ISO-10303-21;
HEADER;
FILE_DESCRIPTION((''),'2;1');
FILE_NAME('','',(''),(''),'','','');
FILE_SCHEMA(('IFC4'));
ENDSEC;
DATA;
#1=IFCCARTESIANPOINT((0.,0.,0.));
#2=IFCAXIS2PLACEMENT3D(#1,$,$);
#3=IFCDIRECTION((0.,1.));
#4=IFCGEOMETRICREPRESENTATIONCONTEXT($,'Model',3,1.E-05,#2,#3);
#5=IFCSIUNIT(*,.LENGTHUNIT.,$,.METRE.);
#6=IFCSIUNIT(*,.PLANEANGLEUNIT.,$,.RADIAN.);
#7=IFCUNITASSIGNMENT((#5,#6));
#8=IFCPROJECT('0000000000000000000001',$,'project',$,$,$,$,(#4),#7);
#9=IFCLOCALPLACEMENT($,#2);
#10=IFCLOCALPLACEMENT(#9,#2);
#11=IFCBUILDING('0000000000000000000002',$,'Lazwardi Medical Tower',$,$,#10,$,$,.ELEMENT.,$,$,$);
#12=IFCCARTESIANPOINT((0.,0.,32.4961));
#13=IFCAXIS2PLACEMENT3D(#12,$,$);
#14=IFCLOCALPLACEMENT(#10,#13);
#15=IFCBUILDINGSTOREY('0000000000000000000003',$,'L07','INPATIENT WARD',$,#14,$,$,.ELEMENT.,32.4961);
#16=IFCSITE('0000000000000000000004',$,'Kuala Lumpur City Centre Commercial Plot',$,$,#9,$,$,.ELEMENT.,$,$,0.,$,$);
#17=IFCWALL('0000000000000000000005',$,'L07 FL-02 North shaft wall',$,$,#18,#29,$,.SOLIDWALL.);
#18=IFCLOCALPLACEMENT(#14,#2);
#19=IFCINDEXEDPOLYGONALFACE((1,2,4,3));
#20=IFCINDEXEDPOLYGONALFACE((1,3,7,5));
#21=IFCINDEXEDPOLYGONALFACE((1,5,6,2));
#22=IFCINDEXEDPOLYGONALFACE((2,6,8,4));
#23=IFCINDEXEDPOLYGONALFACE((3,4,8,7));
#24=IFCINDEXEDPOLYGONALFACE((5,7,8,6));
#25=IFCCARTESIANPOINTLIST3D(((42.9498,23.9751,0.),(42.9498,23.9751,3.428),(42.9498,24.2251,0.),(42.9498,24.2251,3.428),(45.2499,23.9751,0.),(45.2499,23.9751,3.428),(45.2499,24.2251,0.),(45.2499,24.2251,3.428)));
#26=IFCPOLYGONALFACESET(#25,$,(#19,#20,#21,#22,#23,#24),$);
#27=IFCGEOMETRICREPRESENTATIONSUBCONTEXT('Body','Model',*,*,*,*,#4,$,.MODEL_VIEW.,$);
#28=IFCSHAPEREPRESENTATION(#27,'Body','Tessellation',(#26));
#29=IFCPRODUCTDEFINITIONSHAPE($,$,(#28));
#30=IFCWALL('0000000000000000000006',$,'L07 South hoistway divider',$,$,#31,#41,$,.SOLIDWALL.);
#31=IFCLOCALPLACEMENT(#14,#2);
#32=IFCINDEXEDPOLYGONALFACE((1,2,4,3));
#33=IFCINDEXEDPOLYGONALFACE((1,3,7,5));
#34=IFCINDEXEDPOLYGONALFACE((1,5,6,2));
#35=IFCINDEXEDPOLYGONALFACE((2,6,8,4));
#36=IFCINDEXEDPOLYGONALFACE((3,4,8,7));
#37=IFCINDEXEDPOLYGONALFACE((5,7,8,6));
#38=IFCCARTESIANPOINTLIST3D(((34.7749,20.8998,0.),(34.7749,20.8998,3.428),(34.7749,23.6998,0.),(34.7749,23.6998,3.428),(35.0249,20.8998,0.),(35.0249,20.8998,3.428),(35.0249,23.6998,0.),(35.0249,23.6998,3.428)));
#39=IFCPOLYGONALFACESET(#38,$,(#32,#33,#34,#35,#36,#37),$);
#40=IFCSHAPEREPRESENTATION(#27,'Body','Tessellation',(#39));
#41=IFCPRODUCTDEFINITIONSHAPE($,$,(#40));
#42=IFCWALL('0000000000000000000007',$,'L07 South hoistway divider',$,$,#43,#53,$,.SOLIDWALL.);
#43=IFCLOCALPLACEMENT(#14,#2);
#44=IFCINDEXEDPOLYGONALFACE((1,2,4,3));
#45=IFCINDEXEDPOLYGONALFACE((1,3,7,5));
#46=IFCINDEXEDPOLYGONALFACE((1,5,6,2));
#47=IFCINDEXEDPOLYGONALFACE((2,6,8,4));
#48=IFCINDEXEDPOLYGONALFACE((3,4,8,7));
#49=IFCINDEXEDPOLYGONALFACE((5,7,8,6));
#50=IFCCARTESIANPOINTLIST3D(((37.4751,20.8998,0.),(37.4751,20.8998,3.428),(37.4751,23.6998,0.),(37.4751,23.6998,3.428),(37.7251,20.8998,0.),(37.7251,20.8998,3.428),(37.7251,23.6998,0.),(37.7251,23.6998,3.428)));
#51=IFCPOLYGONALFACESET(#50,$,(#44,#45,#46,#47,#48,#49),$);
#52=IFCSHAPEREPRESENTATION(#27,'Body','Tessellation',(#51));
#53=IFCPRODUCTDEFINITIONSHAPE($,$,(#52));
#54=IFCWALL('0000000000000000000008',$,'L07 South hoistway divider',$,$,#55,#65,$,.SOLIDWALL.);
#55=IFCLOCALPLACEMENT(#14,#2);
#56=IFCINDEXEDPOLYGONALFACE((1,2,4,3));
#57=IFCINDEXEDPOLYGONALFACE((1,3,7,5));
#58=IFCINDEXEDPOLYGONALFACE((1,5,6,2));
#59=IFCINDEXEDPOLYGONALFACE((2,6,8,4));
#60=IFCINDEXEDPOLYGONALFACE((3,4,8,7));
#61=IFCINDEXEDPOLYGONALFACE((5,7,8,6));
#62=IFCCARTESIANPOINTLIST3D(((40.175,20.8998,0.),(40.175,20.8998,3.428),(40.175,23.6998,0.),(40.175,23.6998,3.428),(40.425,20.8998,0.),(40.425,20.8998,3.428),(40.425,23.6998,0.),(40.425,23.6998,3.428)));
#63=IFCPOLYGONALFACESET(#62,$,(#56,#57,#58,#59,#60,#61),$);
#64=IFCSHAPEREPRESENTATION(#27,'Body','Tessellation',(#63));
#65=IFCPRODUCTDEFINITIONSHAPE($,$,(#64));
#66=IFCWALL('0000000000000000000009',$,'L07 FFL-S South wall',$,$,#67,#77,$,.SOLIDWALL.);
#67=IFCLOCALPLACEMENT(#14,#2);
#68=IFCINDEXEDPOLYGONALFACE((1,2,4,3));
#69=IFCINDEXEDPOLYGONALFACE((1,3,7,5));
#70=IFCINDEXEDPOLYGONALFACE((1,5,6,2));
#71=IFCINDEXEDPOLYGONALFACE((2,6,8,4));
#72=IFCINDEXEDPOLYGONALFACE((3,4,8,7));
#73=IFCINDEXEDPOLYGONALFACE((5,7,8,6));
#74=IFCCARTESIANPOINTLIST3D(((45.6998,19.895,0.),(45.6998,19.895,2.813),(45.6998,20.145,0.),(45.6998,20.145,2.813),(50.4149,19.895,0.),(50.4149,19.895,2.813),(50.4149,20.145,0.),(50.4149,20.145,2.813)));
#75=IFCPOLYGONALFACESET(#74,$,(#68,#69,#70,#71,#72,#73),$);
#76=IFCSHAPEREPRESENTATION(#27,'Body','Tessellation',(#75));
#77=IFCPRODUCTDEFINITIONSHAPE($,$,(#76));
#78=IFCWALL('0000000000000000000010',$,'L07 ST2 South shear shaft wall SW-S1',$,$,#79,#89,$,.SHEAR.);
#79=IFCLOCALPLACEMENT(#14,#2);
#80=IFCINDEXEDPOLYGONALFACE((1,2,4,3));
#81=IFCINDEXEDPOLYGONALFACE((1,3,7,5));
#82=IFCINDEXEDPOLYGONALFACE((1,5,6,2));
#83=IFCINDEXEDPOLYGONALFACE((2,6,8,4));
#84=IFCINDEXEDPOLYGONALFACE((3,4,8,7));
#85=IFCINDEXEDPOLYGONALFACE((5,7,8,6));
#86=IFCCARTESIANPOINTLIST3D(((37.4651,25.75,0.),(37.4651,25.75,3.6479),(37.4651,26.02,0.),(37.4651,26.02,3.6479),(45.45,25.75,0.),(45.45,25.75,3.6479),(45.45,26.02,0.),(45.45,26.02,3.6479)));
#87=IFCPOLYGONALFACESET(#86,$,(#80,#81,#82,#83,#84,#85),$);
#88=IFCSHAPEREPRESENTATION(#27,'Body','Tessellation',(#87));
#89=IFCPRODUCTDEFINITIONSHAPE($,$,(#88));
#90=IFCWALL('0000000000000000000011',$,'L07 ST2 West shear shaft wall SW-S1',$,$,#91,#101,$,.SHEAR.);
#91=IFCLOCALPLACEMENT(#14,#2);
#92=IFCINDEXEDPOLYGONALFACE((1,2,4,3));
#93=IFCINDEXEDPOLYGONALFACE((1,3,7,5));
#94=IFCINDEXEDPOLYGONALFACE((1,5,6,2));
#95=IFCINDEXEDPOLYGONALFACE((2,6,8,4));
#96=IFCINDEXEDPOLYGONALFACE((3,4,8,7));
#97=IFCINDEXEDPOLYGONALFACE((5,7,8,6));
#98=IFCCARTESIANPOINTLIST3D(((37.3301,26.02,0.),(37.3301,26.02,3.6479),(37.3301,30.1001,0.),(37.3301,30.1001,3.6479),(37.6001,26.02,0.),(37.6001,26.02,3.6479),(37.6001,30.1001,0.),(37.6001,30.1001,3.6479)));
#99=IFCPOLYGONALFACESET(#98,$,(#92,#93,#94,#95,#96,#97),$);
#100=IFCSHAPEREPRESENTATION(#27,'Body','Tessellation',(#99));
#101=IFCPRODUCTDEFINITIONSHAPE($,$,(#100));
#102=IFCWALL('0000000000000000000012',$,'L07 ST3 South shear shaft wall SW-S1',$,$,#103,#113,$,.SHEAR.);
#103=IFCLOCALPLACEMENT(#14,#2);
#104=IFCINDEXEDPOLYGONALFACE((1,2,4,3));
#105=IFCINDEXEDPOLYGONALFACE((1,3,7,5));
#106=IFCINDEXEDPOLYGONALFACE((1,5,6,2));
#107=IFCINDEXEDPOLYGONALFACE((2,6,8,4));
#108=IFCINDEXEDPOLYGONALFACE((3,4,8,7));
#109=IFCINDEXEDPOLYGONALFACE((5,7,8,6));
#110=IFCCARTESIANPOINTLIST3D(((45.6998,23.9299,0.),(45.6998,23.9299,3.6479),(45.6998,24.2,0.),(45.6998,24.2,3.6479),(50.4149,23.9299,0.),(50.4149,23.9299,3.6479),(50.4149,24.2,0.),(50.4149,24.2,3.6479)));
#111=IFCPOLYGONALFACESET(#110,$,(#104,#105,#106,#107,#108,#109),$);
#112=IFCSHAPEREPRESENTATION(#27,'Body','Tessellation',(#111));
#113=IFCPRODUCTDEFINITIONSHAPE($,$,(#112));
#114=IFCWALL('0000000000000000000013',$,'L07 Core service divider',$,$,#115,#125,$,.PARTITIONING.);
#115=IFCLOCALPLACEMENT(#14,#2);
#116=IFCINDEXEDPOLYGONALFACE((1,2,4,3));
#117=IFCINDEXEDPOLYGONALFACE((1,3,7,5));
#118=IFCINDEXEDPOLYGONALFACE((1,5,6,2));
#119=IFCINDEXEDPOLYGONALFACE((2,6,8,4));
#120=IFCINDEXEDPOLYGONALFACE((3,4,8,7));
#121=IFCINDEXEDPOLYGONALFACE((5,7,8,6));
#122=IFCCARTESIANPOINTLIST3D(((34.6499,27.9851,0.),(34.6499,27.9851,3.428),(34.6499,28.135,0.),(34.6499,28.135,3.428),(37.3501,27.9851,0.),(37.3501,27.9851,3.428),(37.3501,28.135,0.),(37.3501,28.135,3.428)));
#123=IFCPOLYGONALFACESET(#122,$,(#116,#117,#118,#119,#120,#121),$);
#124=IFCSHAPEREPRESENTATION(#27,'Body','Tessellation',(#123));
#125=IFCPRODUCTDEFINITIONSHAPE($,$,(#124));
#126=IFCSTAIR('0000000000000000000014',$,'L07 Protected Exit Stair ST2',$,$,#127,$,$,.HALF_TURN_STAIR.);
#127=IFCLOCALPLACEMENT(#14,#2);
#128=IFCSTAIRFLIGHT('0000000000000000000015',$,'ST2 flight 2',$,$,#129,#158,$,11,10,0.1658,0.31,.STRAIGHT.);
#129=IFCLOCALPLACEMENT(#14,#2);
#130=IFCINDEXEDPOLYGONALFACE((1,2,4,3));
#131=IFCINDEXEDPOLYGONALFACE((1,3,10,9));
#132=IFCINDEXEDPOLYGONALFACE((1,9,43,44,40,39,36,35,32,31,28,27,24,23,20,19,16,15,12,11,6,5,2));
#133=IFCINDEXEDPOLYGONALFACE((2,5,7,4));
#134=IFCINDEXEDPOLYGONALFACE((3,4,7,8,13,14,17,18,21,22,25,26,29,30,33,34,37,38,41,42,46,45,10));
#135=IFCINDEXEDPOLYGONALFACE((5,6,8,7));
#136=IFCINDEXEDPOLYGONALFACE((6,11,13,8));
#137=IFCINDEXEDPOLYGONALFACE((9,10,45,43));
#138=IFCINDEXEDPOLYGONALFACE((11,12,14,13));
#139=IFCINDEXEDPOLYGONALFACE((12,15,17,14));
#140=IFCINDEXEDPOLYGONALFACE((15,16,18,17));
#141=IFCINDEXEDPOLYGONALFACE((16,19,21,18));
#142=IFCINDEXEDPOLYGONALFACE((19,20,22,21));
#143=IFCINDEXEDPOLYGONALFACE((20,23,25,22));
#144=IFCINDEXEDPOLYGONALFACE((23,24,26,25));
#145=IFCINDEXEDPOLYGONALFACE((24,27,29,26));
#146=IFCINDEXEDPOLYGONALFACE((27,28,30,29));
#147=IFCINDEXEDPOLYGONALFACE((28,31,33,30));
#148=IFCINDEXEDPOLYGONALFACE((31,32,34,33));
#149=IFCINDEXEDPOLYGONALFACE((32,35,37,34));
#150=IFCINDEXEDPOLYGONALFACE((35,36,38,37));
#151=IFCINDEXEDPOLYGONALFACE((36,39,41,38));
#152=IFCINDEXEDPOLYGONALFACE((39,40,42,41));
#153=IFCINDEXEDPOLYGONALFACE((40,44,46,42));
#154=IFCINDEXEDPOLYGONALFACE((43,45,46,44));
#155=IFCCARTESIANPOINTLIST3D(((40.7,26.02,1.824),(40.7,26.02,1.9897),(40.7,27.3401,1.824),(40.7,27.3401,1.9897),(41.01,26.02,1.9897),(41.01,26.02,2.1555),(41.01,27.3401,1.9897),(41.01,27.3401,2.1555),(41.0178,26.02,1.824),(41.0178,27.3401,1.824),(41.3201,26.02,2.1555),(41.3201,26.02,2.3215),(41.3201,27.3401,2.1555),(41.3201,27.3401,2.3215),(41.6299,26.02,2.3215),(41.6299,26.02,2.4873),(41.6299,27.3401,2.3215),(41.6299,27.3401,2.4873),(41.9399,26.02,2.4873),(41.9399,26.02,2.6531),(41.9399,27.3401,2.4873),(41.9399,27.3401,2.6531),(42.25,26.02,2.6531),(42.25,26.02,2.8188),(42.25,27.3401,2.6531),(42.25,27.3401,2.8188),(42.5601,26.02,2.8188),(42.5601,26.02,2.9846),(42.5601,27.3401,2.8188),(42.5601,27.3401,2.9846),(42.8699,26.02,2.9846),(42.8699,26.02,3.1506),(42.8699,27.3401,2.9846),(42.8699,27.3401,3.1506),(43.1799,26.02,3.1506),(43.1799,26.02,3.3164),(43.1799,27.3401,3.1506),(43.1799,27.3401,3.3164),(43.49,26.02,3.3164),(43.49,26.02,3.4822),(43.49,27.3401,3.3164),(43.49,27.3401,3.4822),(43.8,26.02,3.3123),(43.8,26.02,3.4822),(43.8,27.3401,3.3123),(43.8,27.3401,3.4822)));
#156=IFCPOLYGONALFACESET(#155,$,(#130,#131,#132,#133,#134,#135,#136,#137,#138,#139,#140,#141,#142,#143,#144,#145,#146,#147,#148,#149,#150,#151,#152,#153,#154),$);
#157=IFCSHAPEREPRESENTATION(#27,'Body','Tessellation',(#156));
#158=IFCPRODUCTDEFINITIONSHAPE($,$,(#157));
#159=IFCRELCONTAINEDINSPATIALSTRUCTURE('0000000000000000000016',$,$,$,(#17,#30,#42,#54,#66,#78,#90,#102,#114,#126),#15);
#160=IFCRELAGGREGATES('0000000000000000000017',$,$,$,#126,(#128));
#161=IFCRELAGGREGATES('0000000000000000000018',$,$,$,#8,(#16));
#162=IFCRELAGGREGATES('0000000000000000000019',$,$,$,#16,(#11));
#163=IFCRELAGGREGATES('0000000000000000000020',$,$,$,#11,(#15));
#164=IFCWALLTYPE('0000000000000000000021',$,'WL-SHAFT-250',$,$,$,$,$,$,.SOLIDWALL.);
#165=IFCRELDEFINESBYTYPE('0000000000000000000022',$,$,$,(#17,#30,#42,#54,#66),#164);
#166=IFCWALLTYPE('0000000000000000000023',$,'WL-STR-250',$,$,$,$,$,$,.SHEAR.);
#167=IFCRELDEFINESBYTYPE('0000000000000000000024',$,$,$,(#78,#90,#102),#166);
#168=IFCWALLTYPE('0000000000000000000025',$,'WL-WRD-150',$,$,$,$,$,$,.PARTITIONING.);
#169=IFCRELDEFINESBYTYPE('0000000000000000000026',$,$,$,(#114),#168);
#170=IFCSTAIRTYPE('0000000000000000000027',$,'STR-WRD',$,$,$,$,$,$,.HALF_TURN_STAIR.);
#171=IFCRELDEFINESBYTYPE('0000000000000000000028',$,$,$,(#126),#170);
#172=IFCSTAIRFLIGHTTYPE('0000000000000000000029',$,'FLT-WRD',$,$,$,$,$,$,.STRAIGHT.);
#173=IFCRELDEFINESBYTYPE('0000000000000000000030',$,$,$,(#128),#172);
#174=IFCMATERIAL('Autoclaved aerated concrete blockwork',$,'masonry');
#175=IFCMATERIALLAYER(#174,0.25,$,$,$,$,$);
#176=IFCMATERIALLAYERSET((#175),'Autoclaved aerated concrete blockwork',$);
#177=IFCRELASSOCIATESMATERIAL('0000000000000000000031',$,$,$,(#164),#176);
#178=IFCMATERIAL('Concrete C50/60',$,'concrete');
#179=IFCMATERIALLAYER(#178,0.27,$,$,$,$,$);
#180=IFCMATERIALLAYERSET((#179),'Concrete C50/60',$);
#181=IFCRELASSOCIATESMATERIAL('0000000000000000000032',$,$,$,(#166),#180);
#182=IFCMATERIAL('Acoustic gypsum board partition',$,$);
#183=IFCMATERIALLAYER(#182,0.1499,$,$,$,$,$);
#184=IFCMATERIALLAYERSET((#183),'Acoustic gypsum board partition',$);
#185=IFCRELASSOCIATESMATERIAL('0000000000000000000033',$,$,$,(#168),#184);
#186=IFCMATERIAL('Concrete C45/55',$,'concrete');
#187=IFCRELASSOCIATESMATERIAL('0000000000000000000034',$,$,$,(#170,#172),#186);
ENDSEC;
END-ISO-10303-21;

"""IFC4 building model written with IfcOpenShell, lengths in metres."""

from ifc_helpers import new_model, si_unit, direction, frame, frame_2d, origin, place, context, subcontext, project, spatial, polyline, rectangle, outline, extrude, material, layer, layer_set, type_object, element, aggregate, save


model = new_model("IFC4")

# Units and contexts
model_context = context("Model", 3, precision=1e-05, world=origin(), true_north=direction((0.0, 1.0)))
body_context = subcontext(model_context, "Body", "Model", "MODEL_VIEW")
ifc_project = project(units=[si_unit("LENGTHUNIT", "METRE"), si_unit("PLANEANGLEUNIT", "RADIAN")], contexts=[model_context])

# Site, building, storey
site_placement = place(None, origin())
site = spatial("IfcSite", under=ifc_project, at=site_placement, Name="Kuala Lumpur City Centre Commercial Plot", CompositionType="ELEMENT", RefElevation=0.0)
building_placement = place(site_placement, origin())
building = spatial("IfcBuilding", under=site, at=building_placement, Name="Lazwardi Medical Tower", CompositionType="ELEMENT")
storey_placement = place(building_placement, frame((0.0, 0.0, 32.4961)))
storey = spatial("IfcBuildingStorey", under=building, at=storey_placement, Name="L07", Description="INPATIENT WARD", CompositionType="ELEMENT", Elevation=32.4961)

# Walls
ifc_material_1 = material(Name="Autoclaved aerated concrete blockwork", Category="masonry")
ifc_layer_1 = layer(ifc_material_1, 0.25)
ifc_layer_set_1 = layer_set([ifc_layer_1], Name="Autoclaved aerated concrete blockwork")
wall_type_1 = type_object("IfcWallType", Name="WL-SHAFT-250", PredefinedType="SOLIDWALL", material=ifc_layer_set_1)
wall_1_placement = place(storey_placement, frame((42.95, 24.1001, 0.0), z_axis=(0.0, 0.0, 1.0), x_axis=(1.0, 0.0, 0.0)))
element("IfcWall", 1, at=wall_1_placement, inside=storey, type_object=wall_type_1, Name="L07 FL-02 North shaft wall", PredefinedType="SOLIDWALL", context=body_context, shape_type="SweptSolid", body=[
    extrude(rectangle(XDim=2.3, YDim=0.25, at=frame_2d((1.1499, 0.0))), origin(), (0.0, 0.0, 1.0), 3.428),
])
for number, where, z_axis, x_axis, name in (
    (2, (34.8999, 20.8999, 0.0), (0.0, 0.0, 1.0), (0.0, 1.0, 0.0), "L07 South hoistway divider"),
    (3, (37.6001, 20.8999, 0.0), (0.0, 0.0, 1.0), (0.0, 1.0, 0.0), "L07 South hoistway divider"),
    (4, (40.3, 20.8999, 0.0), (0.0, 0.0, 1.0), (0.0, 1.0, 0.0), "L07 South hoistway divider"),
):
    element("IfcWall", number, at=place(storey_placement, frame(where, z_axis=z_axis, x_axis=x_axis)), inside=storey, type_object=wall_type_1, Name=name, PredefinedType="SOLIDWALL", context=body_context, shape_type="SweptSolid", body=[
        extrude(rectangle(XDim=2.8, YDim=0.25, at=frame_2d((1.3999, 0.0))), origin(), (0.0, 0.0, 1.0), 3.428),
    ])
wall_2_placement = place(storey_placement, frame((45.7, 20.02, 0.0), z_axis=(0.0, 0.0, 1.0), x_axis=(1.0, 0.0, 0.0)))
element("IfcWall", 5, at=wall_2_placement, inside=storey, type_object=wall_type_1, Name="L07 FFL-S South wall", PredefinedType="SOLIDWALL", context=body_context, shape_type="SweptSolid", body=[
    extrude(rectangle(XDim=4.7151, YDim=0.25, at=frame_2d((2.3574, 0.0))), origin(), (0.0, 0.0, 1.0), 2.813),
])
ifc_material_2 = material(Name="Concrete C50/60", Category="concrete")
ifc_layer_2 = layer(ifc_material_2, 0.27)
ifc_layer_set_2 = layer_set([ifc_layer_2], Name="Concrete C50/60")
wall_type_2 = type_object("IfcWallType", Name="WL-STR-250", PredefinedType="SHEAR", material=ifc_layer_set_2)
wall_3_placement = place(storey_placement, frame((37.4651, 25.885, 0.0), z_axis=(0.0, 0.0, 1.0), x_axis=(1.0, 0.0, 0.0)))
element("IfcWall", 6, at=wall_3_placement, inside=storey, type_object=wall_type_2, Name="L07 ST2 South shear shaft wall SW-S1", PredefinedType="SHEAR", context=body_context, shape_type="SweptSolid", body=[
    extrude(rectangle(XDim=7.9849, YDim=0.27, at=frame_2d((3.9924, 0.0))), origin(), (0.0, 0.0, 1.0), 3.6479),
])
wall_4_placement = place(storey_placement, frame((37.4651, 26.02, 0.0), z_axis=(0.0, 0.0, 1.0), x_axis=(0.0, 1.0, 0.0)))
element("IfcWall", 7, at=wall_4_placement, inside=storey, type_object=wall_type_2, Name="L07 ST2 West shear shaft wall SW-S1", PredefinedType="SHEAR", context=body_context, shape_type="SweptSolid", body=[
    extrude(rectangle(XDim=4.0801, YDim=0.27, at=frame_2d((2.04, 0.0))), origin(), (0.0, 0.0, 1.0), 3.6479),
])
wall_5_placement = place(storey_placement, frame((45.7, 24.0649, 0.0), z_axis=(0.0, 0.0, 1.0), x_axis=(1.0, 0.0, 0.0)))
element("IfcWall", 8, at=wall_5_placement, inside=storey, type_object=wall_type_2, Name="L07 ST3 South shear shaft wall SW-S1", PredefinedType="SHEAR", context=body_context, shape_type="SweptSolid", body=[
    extrude(rectangle(XDim=4.7151, YDim=0.27, at=frame_2d((2.3574, 0.0))), origin(), (0.0, 0.0, 1.0), 3.6479),
])
ifc_material_3 = material(Name="Acoustic gypsum board partition")
ifc_layer_3 = layer(ifc_material_3, 0.1499)
ifc_layer_set_3 = layer_set([ifc_layer_3], Name="Acoustic gypsum board partition")
wall_type_3 = type_object("IfcWallType", Name="WL-WRD-150", PredefinedType="PARTITIONING", material=ifc_layer_set_3)
wall_6_placement = place(storey_placement, frame((34.6499, 28.0601, 0.0), z_axis=(0.0, 0.0, 1.0), x_axis=(1.0, 0.0, 0.0)))
element("IfcWall", 9, at=wall_6_placement, inside=storey, type_object=wall_type_3, Name="L07 Core service divider", PredefinedType="PARTITIONING", context=body_context, shape_type="SweptSolid", body=[
    extrude(rectangle(XDim=2.7002, YDim=0.1499, at=frame_2d((1.3501, 0.0))), origin(), (0.0, 0.0, 1.0), 3.428),
])

# Stair, stair flight
ifc_material_4 = material(Name="Concrete C45/55", Category="concrete")
stair_type = type_object("IfcStairType", Name="STR-WRD", PredefinedType="HALF_TURN_STAIR", material=ifc_material_4)
stair_placement = place(storey_placement, origin())
stair = element("IfcStair", 10, at=stair_placement, inside=storey, type_object=stair_type, Name="L07 Protected Exit Stair ST2", PredefinedType="HALF_TURN_STAIR")
stair_flight_type = type_object("IfcStairFlightType", Name="FLT-WRD", PredefinedType="STRAIGHT", material=ifc_material_4)
stair_flight_placement = place(storey_placement, frame((40.7, 26.6799, 1.824), z_axis=(0.0, 0.0, 1.0), x_axis=(1.0, 0.0, 0.0)))
stair_flight = element("IfcStairFlight", 11, at=stair_flight_placement, type_object=stair_flight_type, Name="ST2 flight 2", NumberOfRisers=11, NumberOfTreads=10, PredefinedType="STRAIGHT", RiserHeight=0.1658, TreadLength=0.31, context=body_context, shape_type="SweptSolid", body=[
    extrude(outline(polyline([(0.0, 0.0), (0.0, 0.1658), (0.3101, 0.1658), (0.3101, 0.3315), (0.6201, 0.3315), (0.6201, 0.4976), (0.9299, 0.4976), (0.9299, 0.6633), (1.24, 0.6633), (1.24, 0.8291), (1.55, 0.8291), (1.55, 0.9949), (1.8601, 0.9949), (1.8601, 1.1606), (2.1699, 1.1606), (2.1699, 1.3267), (2.48, 1.3267), (2.48, 1.4924), (2.79, 1.4924), (2.79, 1.6582), (3.1001, 1.6582), (3.1001, 1.824), (3.1001, 1.4883), (0.3179, 0.0), (0.0, 0.0)])), frame((0.0, 0.6602, 0.0), z_axis=(0.0, -1.0, 0.0), x_axis=(1.0, 0.0, 0.0)), (0.0, 0.0, 1.0), 1.3201),
])
aggregate(stair, [stair_flight])

save(model, "model.ifc")
